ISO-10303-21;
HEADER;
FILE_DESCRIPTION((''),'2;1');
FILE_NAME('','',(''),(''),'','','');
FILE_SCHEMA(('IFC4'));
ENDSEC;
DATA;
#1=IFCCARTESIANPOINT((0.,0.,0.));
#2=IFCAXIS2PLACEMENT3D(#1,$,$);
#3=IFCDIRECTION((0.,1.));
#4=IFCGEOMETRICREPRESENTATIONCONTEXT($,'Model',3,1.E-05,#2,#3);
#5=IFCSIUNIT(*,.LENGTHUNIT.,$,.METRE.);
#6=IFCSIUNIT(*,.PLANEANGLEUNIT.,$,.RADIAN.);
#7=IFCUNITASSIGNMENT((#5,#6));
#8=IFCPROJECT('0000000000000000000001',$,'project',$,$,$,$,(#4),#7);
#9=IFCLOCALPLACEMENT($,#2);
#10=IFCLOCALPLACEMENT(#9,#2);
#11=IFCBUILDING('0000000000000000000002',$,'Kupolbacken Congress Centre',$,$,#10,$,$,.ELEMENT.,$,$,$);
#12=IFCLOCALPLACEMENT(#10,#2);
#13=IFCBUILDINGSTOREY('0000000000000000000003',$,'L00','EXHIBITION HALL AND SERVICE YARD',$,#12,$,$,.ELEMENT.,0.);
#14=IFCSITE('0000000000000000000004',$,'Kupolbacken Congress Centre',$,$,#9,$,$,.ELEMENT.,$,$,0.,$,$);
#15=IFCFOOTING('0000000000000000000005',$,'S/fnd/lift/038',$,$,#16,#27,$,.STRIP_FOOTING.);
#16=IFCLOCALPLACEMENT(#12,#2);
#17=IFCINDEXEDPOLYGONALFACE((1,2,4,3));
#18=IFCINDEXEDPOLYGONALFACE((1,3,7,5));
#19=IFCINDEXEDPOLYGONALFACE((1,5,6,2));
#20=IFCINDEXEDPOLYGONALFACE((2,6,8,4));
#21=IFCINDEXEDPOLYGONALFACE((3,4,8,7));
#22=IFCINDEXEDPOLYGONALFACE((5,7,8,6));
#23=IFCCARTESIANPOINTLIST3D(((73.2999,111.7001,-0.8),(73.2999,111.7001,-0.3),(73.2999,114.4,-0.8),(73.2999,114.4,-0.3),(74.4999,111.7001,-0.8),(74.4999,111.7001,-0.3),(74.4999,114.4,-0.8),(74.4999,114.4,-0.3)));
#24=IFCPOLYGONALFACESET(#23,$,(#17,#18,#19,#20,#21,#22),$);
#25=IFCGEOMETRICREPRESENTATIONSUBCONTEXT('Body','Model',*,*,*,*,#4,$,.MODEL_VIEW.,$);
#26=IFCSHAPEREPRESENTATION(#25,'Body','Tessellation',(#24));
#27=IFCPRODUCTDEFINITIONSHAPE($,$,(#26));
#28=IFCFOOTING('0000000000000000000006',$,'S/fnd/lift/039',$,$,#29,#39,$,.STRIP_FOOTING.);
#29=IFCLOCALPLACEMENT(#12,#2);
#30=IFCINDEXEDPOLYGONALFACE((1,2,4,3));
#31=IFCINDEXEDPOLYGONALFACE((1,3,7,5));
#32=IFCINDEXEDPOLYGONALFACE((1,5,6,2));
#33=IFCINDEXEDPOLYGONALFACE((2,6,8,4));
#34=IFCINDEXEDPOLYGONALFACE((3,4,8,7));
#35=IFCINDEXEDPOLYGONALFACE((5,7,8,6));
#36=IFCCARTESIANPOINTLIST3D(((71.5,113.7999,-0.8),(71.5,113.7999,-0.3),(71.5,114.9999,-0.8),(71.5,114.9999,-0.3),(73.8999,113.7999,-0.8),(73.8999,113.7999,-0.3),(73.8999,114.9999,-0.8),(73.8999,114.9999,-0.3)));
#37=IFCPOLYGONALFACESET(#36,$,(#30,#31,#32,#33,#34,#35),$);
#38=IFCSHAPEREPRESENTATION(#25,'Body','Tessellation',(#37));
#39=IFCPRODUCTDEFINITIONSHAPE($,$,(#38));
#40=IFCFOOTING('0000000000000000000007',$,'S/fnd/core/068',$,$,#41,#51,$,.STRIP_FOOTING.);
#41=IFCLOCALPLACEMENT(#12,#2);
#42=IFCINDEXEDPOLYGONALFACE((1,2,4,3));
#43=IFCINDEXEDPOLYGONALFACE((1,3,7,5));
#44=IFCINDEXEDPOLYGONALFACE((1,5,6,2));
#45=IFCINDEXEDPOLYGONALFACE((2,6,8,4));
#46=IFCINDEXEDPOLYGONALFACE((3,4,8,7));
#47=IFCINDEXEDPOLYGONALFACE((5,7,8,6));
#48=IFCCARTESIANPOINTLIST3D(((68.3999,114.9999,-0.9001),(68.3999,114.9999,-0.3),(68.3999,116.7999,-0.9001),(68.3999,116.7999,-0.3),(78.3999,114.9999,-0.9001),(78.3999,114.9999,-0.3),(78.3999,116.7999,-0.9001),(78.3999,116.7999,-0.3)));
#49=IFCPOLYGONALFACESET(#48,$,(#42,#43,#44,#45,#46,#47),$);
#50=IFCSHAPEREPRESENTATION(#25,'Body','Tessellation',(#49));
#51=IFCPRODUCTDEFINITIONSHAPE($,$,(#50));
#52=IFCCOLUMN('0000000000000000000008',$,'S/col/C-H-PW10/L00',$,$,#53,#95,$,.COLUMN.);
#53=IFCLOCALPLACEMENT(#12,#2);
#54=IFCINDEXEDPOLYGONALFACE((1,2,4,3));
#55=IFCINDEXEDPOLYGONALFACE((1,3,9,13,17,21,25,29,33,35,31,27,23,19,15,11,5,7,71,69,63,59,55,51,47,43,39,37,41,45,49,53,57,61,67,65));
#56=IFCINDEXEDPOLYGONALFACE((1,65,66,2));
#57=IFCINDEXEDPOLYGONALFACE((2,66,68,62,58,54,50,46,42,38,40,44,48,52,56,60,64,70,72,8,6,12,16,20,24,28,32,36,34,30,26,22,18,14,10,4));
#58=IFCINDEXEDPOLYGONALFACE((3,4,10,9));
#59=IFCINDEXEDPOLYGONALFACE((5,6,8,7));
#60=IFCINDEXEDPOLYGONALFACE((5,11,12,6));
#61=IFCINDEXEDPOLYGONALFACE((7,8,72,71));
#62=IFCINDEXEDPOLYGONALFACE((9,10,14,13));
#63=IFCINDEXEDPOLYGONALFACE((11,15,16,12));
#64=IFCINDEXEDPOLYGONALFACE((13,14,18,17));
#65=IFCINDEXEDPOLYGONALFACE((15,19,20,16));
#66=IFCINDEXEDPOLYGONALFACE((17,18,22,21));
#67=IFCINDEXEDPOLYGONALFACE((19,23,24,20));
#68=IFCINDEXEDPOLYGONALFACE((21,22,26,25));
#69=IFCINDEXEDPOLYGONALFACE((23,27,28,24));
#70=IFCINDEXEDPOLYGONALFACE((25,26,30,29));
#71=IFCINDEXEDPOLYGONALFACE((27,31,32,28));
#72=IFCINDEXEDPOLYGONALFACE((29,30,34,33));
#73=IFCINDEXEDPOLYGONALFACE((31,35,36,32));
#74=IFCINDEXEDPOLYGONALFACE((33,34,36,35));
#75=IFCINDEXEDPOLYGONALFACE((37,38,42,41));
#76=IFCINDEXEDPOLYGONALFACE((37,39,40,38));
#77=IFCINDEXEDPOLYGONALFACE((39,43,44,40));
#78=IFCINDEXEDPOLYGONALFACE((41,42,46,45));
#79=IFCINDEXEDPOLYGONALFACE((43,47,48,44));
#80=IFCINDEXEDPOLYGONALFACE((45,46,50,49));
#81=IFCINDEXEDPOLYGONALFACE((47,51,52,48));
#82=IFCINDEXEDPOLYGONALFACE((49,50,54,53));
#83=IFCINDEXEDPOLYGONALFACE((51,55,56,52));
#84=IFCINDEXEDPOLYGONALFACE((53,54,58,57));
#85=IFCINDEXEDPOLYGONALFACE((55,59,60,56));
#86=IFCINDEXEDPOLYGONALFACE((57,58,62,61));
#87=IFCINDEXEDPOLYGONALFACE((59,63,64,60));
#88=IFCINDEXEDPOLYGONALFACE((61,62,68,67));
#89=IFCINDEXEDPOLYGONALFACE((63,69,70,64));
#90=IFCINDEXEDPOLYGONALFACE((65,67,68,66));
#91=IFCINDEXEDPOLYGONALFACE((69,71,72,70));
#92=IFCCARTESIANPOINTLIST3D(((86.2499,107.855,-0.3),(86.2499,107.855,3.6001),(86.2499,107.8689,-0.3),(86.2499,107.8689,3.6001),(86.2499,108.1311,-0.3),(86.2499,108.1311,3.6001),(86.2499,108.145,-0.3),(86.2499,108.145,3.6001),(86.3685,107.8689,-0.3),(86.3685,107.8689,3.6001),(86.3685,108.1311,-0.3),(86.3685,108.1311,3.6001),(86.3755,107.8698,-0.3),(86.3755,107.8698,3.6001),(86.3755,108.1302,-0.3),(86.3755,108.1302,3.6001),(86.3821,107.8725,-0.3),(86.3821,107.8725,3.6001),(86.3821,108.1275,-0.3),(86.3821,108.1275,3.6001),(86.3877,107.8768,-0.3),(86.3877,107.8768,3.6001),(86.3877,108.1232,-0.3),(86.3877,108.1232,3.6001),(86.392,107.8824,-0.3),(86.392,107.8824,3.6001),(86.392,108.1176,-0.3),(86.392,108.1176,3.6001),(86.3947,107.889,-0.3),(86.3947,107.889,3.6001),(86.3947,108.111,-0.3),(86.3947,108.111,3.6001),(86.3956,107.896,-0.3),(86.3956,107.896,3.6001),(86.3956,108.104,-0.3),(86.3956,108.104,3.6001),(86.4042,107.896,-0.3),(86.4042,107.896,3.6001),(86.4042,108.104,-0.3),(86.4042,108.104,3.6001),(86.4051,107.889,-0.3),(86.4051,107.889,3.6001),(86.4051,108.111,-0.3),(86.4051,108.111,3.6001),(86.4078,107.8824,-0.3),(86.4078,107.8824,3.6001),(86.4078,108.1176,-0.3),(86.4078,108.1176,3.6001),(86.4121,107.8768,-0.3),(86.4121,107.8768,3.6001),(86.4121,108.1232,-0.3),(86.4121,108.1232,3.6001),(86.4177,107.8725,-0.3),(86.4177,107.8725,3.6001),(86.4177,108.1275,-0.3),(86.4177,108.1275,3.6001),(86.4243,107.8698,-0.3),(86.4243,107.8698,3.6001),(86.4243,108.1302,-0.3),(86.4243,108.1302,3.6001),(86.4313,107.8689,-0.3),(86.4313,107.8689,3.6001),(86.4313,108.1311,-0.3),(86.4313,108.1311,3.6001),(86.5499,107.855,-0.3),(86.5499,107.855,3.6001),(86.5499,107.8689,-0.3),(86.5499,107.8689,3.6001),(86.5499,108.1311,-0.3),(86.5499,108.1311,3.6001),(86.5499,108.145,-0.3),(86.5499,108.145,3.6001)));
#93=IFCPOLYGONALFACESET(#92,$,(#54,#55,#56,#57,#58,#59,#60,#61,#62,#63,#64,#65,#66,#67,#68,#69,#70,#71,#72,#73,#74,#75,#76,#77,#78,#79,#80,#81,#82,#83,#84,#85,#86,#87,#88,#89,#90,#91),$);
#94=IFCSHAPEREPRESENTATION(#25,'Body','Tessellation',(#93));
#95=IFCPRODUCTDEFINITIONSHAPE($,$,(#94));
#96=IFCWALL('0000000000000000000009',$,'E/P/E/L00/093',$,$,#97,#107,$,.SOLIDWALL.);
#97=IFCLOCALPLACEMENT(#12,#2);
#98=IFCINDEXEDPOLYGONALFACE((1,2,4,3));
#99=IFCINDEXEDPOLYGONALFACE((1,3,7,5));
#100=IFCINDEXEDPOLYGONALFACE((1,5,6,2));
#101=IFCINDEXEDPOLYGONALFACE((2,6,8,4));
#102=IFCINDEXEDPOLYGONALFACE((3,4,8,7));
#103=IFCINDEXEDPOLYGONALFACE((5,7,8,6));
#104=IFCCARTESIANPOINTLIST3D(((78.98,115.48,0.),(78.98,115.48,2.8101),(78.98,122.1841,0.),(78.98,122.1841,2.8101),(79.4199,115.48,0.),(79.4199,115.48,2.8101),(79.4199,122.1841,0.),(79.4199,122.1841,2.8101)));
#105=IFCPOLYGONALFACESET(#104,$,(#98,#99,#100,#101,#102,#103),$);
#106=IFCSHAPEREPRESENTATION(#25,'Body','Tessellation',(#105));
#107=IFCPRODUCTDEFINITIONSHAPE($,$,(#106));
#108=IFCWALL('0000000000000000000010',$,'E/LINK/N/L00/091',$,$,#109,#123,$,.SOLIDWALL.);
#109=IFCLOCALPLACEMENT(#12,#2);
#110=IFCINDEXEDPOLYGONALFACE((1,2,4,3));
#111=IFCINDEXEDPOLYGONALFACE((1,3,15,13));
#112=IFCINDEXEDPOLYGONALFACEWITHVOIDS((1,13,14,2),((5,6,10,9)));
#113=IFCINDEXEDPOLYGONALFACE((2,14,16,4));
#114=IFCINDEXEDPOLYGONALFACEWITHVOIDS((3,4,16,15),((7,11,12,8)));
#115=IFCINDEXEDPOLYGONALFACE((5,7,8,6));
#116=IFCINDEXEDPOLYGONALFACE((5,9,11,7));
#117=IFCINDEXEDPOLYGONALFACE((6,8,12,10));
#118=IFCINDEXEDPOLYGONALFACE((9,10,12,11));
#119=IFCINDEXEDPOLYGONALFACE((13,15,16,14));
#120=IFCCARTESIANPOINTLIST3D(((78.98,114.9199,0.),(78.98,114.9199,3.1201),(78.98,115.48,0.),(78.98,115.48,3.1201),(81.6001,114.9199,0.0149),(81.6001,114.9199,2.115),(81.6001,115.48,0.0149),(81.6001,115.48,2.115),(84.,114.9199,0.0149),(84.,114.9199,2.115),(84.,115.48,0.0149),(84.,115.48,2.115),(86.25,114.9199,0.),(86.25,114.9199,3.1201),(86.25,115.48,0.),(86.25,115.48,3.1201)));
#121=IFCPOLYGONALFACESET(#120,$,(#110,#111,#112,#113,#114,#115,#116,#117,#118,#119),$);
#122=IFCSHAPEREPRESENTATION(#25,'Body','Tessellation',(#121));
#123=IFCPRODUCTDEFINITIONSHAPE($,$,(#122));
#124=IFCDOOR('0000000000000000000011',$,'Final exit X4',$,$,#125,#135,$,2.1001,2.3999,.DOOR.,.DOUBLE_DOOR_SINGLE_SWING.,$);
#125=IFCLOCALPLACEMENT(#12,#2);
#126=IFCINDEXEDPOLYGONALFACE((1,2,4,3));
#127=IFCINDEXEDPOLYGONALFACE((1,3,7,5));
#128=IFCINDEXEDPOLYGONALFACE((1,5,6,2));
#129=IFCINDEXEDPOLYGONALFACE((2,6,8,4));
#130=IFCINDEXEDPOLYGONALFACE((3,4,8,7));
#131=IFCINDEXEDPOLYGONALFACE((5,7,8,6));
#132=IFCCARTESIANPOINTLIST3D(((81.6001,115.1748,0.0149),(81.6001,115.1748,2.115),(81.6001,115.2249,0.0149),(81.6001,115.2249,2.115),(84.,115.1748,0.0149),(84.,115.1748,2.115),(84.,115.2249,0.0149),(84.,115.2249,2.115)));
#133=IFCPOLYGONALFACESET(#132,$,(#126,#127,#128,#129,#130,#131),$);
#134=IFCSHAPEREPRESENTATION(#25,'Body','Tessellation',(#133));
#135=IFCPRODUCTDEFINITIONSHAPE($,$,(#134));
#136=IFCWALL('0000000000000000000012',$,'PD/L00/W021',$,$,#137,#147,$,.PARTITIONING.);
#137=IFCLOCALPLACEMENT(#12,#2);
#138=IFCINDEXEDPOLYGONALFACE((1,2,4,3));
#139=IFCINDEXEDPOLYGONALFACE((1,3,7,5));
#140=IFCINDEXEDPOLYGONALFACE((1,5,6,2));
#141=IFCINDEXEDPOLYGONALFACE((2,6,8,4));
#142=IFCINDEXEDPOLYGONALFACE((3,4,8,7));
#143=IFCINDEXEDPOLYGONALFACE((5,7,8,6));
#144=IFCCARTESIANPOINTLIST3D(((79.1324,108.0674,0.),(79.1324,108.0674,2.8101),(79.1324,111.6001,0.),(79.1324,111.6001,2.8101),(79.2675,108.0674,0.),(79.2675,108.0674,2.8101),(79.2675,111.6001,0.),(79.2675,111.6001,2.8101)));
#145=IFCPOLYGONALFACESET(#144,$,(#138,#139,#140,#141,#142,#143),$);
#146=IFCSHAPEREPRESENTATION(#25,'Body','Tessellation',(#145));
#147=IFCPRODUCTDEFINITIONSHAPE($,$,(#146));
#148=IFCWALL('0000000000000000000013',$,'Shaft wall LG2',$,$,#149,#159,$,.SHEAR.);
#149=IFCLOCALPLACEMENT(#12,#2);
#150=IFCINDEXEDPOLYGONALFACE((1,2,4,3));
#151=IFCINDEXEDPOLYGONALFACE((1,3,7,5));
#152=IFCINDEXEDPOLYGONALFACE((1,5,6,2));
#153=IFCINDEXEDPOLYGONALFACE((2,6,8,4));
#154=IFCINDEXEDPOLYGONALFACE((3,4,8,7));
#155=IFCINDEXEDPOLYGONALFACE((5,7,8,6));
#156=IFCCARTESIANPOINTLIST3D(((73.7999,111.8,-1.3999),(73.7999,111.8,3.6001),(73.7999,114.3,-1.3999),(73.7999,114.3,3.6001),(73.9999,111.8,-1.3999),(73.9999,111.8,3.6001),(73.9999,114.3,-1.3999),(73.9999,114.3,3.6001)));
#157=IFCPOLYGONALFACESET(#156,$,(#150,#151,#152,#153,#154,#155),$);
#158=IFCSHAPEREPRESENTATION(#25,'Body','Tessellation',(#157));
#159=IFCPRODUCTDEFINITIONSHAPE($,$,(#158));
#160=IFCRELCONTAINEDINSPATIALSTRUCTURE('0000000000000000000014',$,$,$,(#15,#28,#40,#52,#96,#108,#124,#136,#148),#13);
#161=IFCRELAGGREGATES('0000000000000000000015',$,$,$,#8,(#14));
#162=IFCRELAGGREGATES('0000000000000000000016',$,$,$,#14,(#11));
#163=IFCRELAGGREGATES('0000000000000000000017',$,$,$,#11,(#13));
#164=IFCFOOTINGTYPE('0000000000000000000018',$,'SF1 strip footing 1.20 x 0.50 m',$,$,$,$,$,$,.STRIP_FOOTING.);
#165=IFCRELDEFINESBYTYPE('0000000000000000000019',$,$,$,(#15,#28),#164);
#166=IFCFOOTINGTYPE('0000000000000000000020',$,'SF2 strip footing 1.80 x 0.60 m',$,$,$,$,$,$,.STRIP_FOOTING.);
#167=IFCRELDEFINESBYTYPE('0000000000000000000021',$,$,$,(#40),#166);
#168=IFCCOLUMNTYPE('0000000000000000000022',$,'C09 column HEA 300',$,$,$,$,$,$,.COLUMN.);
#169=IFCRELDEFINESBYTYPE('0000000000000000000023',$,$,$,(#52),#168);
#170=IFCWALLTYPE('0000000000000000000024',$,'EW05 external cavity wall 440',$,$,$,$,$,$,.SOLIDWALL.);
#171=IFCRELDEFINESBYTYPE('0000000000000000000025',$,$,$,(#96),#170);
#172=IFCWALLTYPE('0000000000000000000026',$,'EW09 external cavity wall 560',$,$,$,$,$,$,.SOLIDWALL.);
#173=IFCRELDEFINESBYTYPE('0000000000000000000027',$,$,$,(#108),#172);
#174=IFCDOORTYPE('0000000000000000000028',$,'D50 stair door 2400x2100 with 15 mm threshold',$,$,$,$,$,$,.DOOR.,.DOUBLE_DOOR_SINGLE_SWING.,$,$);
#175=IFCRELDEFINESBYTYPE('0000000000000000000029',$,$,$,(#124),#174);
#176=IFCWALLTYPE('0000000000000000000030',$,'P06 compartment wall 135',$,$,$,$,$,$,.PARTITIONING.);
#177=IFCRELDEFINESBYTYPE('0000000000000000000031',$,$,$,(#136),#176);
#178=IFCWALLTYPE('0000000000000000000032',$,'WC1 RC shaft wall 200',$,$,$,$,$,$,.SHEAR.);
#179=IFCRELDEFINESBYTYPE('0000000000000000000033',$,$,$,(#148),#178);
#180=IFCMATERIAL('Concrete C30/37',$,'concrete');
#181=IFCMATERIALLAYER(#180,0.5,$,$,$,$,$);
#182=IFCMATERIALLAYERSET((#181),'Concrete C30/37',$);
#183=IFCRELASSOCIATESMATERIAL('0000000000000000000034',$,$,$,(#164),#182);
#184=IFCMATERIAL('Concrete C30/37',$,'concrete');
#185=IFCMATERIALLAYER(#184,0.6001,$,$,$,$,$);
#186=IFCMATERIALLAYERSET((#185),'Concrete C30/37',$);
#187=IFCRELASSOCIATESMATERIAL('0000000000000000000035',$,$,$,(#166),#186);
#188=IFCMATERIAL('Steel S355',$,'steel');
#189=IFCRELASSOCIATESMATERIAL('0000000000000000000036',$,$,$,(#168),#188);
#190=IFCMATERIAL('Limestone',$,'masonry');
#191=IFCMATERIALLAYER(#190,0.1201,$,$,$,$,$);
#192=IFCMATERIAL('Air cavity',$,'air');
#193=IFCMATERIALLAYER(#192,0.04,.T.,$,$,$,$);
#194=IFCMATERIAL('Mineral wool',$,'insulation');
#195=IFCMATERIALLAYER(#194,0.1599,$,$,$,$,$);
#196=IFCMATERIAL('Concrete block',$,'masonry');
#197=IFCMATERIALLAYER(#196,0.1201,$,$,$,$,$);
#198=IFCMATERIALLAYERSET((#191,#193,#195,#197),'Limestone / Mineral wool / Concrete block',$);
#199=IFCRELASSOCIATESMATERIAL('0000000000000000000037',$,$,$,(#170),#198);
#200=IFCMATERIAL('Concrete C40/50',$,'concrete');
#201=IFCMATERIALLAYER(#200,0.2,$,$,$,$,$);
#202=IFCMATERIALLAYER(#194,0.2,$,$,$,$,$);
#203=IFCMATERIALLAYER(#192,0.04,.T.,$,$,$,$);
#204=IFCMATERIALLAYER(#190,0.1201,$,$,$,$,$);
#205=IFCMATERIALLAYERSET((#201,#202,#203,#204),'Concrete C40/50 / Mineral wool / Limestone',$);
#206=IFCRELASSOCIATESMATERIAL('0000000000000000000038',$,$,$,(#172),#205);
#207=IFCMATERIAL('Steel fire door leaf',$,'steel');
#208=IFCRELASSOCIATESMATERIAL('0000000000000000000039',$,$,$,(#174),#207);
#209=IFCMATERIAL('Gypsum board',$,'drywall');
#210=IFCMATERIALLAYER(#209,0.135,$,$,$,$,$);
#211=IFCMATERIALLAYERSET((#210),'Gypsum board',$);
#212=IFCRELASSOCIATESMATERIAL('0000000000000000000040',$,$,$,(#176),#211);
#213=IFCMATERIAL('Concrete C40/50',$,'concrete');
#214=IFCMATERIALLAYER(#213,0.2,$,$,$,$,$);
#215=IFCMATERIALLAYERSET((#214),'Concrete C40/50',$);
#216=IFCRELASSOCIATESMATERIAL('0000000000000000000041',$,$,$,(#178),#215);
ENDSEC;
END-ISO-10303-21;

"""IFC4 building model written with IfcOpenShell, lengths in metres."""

from ifc_helpers import new_model, si_unit, direction, frame, frame_2d, origin, origin_2d, place, context, subcontext, project, spatial, rectangle, i_section, extrude, material, layer, layer_set, material_profile, profile_set, type_object, element, fill, save


model = new_model("IFC4")

# Units and contexts
model_context = context("Model", 3, precision=1e-05, world=origin(), true_north=direction((0.0, 1.0)))
body_context = subcontext(model_context, "Body", "Model", "MODEL_VIEW")
ifc_project = project(units=[si_unit("LENGTHUNIT", "METRE"), si_unit("PLANEANGLEUNIT", "RADIAN")], contexts=[model_context])

# Site, building, storey
site_placement = place(None, origin())
site = spatial("IfcSite", under=ifc_project, at=site_placement, Name="Kupolbacken Congress Centre", CompositionType="ELEMENT", RefElevation=0.0)
building_placement = place(site_placement, origin())
building = spatial("IfcBuilding", under=site, at=building_placement, Name="Kupolbacken Congress Centre", CompositionType="ELEMENT")
storey_placement = place(building_placement, origin())
storey = spatial("IfcBuildingStorey", under=building, at=storey_placement, Name="L00", Description="EXHIBITION HALL AND SERVICE YARD", CompositionType="ELEMENT", Elevation=0.0)

# Footings
ifc_material_1 = material(Name="Concrete C30/37", Category="concrete")
ifc_layer_1 = layer(ifc_material_1, 0.5)
ifc_layer_set_1 = layer_set([ifc_layer_1], Name="Concrete C30/37")
footing_type_1 = type_object("IfcFootingType", Name="SF1 strip footing 1.20 x 0.50 m", PredefinedType="STRIP_FOOTING", material=ifc_layer_set_1)
footing_1_placement = place(storey_placement, frame((73.8999, 113.05, -0.8), z_axis=(0.0, 0.0, 1.0), x_axis=(0.0, 1.0, 0.0)))
element("IfcFooting", 1, at=footing_1_placement, inside=storey, type_object=footing_type_1, Name="S/fnd/lift/038", PredefinedType="STRIP_FOOTING", context=body_context, shape_type="SweptSolid", body=[
    extrude(rectangle(XDim=2.7, YDim=1.2, at=origin_2d()), origin(), (0.0, 0.0, 1.0), 0.5),
])
footing_2_placement = place(storey_placement, frame((72.7, 114.3999, -0.8), z_axis=(0.0, 0.0, 1.0), x_axis=(1.0, 0.0, 0.0)))
element("IfcFooting", 2, at=footing_2_placement, inside=storey, type_object=footing_type_1, Name="S/fnd/lift/039", PredefinedType="STRIP_FOOTING", context=body_context, shape_type="SweptSolid", body=[
    extrude(rectangle(XDim=2.3999, YDim=1.2, at=origin_2d()), origin(), (0.0, 0.0, 1.0), 0.5),
])
ifc_material_2 = material(Name="Concrete C30/37", Category="concrete")
ifc_layer_2 = layer(ifc_material_2, 0.6001)
ifc_layer_set_2 = layer_set([ifc_layer_2], Name="Concrete C30/37")
footing_type_2 = type_object("IfcFootingType", Name="SF2 strip footing 1.80 x 0.60 m", PredefinedType="STRIP_FOOTING", material=ifc_layer_set_2)
footing_3_placement = place(storey_placement, frame((73.3999, 115.8999, -0.9001), z_axis=(0.0, 0.0, 1.0), x_axis=(1.0, 0.0, 0.0)))
element("IfcFooting", 3, at=footing_3_placement, inside=storey, type_object=footing_type_2, Name="S/fnd/core/068", PredefinedType="STRIP_FOOTING", context=body_context, shape_type="SweptSolid", body=[
    extrude(rectangle(XDim=10.0, YDim=1.8, at=origin_2d()), origin(), (0.0, 0.0, 1.0), 0.6001),
])

# Column
ifc_material_3 = material(Name="Steel S355", Category="steel")
ifc_material_profile_1 = material_profile(ifc_material_3, i_section(OverallWidth=0.3, OverallDepth=0.29, WebThickness=0.0085, FlangeThickness=0.0139, FilletRadius=0.0271, at=origin_2d()), Name="HEA 300")
ifc_profile_set_1 = profile_set([ifc_material_profile_1], Name="Steel S355")
column_type = type_object("IfcColumnType", Name="C09 column HEA 300", PredefinedType="COLUMN", material=ifc_profile_set_1)
column_placement = place(storey_placement, frame((86.3999, 108.0, -0.3), z_axis=(0.0, 0.0, 1.0), x_axis=(1.0, 0.0, 0.0)))
element("IfcColumn", 4, at=column_placement, inside=storey, type_object=column_type, Name="S/col/C-H-PW10/L00", PredefinedType="COLUMN", context=body_context, shape_type="SweptSolid", body=[
    extrude(i_section(OverallWidth=0.3, OverallDepth=0.29, WebThickness=0.0085, FlangeThickness=0.0139, FilletRadius=0.0271, at=origin_2d()), origin(), (0.0, 0.0, 1.0), 3.9001),
])

# Wall
ifc_material_4 = material(Name="Limestone", Category="masonry")
ifc_layer_3 = layer(ifc_material_4, 0.1201)
ifc_material_5 = material(Name="Air cavity", Category="air")
ifc_layer_4 = layer(ifc_material_5, 0.04, ventilated=True)
ifc_material_6 = material(Name="Mineral wool", Category="insulation")
ifc_layer_5 = layer(ifc_material_6, 0.1599)
ifc_material_7 = material(Name="Concrete block", Category="masonry")
ifc_layer_6 = layer(ifc_material_7, 0.1201)
ifc_layer_set_3 = layer_set([ifc_layer_3, ifc_layer_4, ifc_layer_5, ifc_layer_6], Name="Limestone / Mineral wool / Concrete block")
wall_type_1 = type_object("IfcWallType", Name="EW05 external cavity wall 440", PredefinedType="SOLIDWALL", material=ifc_layer_set_3)
wall_1_placement = place(storey_placement, frame((79.2, 115.48, 0.0), z_axis=(0.0, 0.0, 1.0), x_axis=(0.0, 1.0, 0.0)))
element("IfcWall", 5, at=wall_1_placement, inside=storey, type_object=wall_type_1, Name="E/P/E/L00/093", PredefinedType="SOLIDWALL", context=body_context, shape_type="SweptSolid", body=[
    extrude(rectangle(XDim=6.7041, YDim=0.4399, at=frame_2d((3.3521, 0.0))), origin(), (0.0, 0.0, 1.0), 2.8101),
])

# Wall, opening, door
ifc_material_8 = material(Name="Concrete C40/50", Category="concrete")
ifc_layer_7 = layer(ifc_material_8, 0.2)
ifc_layer_8 = layer(ifc_material_6, 0.2)
ifc_layer_9 = layer(ifc_material_5, 0.04, ventilated=True)
ifc_layer_10 = layer(ifc_material_4, 0.1201)
ifc_layer_set_4 = layer_set([ifc_layer_7, ifc_layer_8, ifc_layer_9, ifc_layer_10], Name="Concrete C40/50 / Mineral wool / Limestone")
wall_type_2 = type_object("IfcWallType", Name="EW09 external cavity wall 560", PredefinedType="SOLIDWALL", material=ifc_layer_set_4)
wall_2_placement = place(storey_placement, frame((86.25, 115.2, 0.0), z_axis=(0.0, 0.0, 1.0), x_axis=(-1.0, 0.0, 0.0)))
wall_2 = element("IfcWall", 6, at=wall_2_placement, inside=storey, type_object=wall_type_2, Name="E/LINK/N/L00/091", PredefinedType="SOLIDWALL", context=body_context, shape_type="SweptSolid", body=[
    extrude(rectangle(XDim=7.27, YDim=0.5601, at=frame_2d((3.635, 0.0))), origin(), (0.0, 0.0, 1.0), 3.1201),
])
opening_1_placement = place(wall_2_placement, frame((2.25, 0.0, 0.0149)))
opening_1 = element("IfcOpeningElement", 7, at=opening_1_placement, cuts=wall_2, PredefinedType="OPENING", context=body_context, shape_type="SweptSolid", body=[
    extrude(rectangle(XDim=2.3999, YDim=2.1001, at=frame_2d((1.2, 1.05))), frame((0.0, 0.29, 0.0), z_axis=(0.0, -1.0, 0.0), x_axis=(1.0, 0.0, 0.0)), (0.0, 0.0, 1.0), 0.5801),
])
ifc_material_9 = material(Name="Steel fire door leaf", Category="steel")
door_type_1 = type_object("IfcDoorType", Name="D50 stair door 2400x2100 with 15 mm threshold", OperationType="DOUBLE_DOOR_SINGLE_SWING", PredefinedType="DOOR", material=ifc_material_9)
door_1_placement = place(opening_1_placement, frame((2.3999, 0.0, 0.0), z_axis=(0.0, 0.0, 1.0), x_axis=(-1.0, 0.0, 0.0)))
door_1 = element("IfcDoor", 8, at=door_1_placement, inside=storey, type_object=door_type_1, Name="Final exit X4", OperationType="DOUBLE_DOOR_SINGLE_SWING", OverallHeight=2.1001, OverallWidth=2.3999, PredefinedType="DOOR", context=body_context, shape_type="SweptSolid", body=[
    extrude(rectangle(XDim=2.3999, YDim=2.1001, at=frame_2d((1.2, 1.05))), frame((0.0, 0.0249, 0.0), z_axis=(0.0, -1.0, 0.0), x_axis=(1.0, 0.0, 0.0)), (0.0, 0.0, 1.0), 0.05),
])
fill(opening_1, door_1)
ifc_material_10 = material(Name="Gypsum board", Category="drywall")
ifc_layer_11 = layer(ifc_material_10, 0.135)
ifc_layer_set_5 = layer_set([ifc_layer_11], Name="Gypsum board")
wall_type_3 = type_object("IfcWallType", Name="P06 compartment wall 135", PredefinedType="PARTITIONING", material=ifc_layer_set_5)

# Walls
wall_3_placement = place(storey_placement, frame((79.2, 111.6001, 0.0), z_axis=(0.0, 0.0, 1.0), x_axis=(0.0, -1.0, 0.0)))
element("IfcWall", 9, at=wall_3_placement, inside=storey, type_object=wall_type_3, Name="PD/L00/W021", PredefinedType="PARTITIONING", context=body_context, shape_type="SweptSolid", body=[
    extrude(rectangle(XDim=3.5327, YDim=0.135, at=frame_2d((1.7664, 0.0))), origin(), (0.0, 0.0, 1.0), 2.8101),
])
ifc_material_11 = material(Name="Concrete C40/50", Category="concrete")
ifc_layer_12 = layer(ifc_material_11, 0.2)
ifc_layer_set_6 = layer_set([ifc_layer_12], Name="Concrete C40/50")
wall_type_4 = type_object("IfcWallType", Name="WC1 RC shaft wall 200", PredefinedType="SHEAR", material=ifc_layer_set_6)
wall_4_placement = place(storey_placement, frame((73.8999, 111.8, -1.3999), z_axis=(0.0, 0.0, 1.0), x_axis=(0.0, 1.0, 0.0)))
element("IfcWall", 10, at=wall_4_placement, inside=storey, type_object=wall_type_4, Name="Shaft wall LG2", PredefinedType="SHEAR", context=body_context, shape_type="SweptSolid", body=[
    extrude(rectangle(XDim=2.5, YDim=0.2, at=frame_2d((1.25, 0.0))), origin(), (0.0, 0.0, 1.0), 5.0),
])

save(model, "model.ifc")
